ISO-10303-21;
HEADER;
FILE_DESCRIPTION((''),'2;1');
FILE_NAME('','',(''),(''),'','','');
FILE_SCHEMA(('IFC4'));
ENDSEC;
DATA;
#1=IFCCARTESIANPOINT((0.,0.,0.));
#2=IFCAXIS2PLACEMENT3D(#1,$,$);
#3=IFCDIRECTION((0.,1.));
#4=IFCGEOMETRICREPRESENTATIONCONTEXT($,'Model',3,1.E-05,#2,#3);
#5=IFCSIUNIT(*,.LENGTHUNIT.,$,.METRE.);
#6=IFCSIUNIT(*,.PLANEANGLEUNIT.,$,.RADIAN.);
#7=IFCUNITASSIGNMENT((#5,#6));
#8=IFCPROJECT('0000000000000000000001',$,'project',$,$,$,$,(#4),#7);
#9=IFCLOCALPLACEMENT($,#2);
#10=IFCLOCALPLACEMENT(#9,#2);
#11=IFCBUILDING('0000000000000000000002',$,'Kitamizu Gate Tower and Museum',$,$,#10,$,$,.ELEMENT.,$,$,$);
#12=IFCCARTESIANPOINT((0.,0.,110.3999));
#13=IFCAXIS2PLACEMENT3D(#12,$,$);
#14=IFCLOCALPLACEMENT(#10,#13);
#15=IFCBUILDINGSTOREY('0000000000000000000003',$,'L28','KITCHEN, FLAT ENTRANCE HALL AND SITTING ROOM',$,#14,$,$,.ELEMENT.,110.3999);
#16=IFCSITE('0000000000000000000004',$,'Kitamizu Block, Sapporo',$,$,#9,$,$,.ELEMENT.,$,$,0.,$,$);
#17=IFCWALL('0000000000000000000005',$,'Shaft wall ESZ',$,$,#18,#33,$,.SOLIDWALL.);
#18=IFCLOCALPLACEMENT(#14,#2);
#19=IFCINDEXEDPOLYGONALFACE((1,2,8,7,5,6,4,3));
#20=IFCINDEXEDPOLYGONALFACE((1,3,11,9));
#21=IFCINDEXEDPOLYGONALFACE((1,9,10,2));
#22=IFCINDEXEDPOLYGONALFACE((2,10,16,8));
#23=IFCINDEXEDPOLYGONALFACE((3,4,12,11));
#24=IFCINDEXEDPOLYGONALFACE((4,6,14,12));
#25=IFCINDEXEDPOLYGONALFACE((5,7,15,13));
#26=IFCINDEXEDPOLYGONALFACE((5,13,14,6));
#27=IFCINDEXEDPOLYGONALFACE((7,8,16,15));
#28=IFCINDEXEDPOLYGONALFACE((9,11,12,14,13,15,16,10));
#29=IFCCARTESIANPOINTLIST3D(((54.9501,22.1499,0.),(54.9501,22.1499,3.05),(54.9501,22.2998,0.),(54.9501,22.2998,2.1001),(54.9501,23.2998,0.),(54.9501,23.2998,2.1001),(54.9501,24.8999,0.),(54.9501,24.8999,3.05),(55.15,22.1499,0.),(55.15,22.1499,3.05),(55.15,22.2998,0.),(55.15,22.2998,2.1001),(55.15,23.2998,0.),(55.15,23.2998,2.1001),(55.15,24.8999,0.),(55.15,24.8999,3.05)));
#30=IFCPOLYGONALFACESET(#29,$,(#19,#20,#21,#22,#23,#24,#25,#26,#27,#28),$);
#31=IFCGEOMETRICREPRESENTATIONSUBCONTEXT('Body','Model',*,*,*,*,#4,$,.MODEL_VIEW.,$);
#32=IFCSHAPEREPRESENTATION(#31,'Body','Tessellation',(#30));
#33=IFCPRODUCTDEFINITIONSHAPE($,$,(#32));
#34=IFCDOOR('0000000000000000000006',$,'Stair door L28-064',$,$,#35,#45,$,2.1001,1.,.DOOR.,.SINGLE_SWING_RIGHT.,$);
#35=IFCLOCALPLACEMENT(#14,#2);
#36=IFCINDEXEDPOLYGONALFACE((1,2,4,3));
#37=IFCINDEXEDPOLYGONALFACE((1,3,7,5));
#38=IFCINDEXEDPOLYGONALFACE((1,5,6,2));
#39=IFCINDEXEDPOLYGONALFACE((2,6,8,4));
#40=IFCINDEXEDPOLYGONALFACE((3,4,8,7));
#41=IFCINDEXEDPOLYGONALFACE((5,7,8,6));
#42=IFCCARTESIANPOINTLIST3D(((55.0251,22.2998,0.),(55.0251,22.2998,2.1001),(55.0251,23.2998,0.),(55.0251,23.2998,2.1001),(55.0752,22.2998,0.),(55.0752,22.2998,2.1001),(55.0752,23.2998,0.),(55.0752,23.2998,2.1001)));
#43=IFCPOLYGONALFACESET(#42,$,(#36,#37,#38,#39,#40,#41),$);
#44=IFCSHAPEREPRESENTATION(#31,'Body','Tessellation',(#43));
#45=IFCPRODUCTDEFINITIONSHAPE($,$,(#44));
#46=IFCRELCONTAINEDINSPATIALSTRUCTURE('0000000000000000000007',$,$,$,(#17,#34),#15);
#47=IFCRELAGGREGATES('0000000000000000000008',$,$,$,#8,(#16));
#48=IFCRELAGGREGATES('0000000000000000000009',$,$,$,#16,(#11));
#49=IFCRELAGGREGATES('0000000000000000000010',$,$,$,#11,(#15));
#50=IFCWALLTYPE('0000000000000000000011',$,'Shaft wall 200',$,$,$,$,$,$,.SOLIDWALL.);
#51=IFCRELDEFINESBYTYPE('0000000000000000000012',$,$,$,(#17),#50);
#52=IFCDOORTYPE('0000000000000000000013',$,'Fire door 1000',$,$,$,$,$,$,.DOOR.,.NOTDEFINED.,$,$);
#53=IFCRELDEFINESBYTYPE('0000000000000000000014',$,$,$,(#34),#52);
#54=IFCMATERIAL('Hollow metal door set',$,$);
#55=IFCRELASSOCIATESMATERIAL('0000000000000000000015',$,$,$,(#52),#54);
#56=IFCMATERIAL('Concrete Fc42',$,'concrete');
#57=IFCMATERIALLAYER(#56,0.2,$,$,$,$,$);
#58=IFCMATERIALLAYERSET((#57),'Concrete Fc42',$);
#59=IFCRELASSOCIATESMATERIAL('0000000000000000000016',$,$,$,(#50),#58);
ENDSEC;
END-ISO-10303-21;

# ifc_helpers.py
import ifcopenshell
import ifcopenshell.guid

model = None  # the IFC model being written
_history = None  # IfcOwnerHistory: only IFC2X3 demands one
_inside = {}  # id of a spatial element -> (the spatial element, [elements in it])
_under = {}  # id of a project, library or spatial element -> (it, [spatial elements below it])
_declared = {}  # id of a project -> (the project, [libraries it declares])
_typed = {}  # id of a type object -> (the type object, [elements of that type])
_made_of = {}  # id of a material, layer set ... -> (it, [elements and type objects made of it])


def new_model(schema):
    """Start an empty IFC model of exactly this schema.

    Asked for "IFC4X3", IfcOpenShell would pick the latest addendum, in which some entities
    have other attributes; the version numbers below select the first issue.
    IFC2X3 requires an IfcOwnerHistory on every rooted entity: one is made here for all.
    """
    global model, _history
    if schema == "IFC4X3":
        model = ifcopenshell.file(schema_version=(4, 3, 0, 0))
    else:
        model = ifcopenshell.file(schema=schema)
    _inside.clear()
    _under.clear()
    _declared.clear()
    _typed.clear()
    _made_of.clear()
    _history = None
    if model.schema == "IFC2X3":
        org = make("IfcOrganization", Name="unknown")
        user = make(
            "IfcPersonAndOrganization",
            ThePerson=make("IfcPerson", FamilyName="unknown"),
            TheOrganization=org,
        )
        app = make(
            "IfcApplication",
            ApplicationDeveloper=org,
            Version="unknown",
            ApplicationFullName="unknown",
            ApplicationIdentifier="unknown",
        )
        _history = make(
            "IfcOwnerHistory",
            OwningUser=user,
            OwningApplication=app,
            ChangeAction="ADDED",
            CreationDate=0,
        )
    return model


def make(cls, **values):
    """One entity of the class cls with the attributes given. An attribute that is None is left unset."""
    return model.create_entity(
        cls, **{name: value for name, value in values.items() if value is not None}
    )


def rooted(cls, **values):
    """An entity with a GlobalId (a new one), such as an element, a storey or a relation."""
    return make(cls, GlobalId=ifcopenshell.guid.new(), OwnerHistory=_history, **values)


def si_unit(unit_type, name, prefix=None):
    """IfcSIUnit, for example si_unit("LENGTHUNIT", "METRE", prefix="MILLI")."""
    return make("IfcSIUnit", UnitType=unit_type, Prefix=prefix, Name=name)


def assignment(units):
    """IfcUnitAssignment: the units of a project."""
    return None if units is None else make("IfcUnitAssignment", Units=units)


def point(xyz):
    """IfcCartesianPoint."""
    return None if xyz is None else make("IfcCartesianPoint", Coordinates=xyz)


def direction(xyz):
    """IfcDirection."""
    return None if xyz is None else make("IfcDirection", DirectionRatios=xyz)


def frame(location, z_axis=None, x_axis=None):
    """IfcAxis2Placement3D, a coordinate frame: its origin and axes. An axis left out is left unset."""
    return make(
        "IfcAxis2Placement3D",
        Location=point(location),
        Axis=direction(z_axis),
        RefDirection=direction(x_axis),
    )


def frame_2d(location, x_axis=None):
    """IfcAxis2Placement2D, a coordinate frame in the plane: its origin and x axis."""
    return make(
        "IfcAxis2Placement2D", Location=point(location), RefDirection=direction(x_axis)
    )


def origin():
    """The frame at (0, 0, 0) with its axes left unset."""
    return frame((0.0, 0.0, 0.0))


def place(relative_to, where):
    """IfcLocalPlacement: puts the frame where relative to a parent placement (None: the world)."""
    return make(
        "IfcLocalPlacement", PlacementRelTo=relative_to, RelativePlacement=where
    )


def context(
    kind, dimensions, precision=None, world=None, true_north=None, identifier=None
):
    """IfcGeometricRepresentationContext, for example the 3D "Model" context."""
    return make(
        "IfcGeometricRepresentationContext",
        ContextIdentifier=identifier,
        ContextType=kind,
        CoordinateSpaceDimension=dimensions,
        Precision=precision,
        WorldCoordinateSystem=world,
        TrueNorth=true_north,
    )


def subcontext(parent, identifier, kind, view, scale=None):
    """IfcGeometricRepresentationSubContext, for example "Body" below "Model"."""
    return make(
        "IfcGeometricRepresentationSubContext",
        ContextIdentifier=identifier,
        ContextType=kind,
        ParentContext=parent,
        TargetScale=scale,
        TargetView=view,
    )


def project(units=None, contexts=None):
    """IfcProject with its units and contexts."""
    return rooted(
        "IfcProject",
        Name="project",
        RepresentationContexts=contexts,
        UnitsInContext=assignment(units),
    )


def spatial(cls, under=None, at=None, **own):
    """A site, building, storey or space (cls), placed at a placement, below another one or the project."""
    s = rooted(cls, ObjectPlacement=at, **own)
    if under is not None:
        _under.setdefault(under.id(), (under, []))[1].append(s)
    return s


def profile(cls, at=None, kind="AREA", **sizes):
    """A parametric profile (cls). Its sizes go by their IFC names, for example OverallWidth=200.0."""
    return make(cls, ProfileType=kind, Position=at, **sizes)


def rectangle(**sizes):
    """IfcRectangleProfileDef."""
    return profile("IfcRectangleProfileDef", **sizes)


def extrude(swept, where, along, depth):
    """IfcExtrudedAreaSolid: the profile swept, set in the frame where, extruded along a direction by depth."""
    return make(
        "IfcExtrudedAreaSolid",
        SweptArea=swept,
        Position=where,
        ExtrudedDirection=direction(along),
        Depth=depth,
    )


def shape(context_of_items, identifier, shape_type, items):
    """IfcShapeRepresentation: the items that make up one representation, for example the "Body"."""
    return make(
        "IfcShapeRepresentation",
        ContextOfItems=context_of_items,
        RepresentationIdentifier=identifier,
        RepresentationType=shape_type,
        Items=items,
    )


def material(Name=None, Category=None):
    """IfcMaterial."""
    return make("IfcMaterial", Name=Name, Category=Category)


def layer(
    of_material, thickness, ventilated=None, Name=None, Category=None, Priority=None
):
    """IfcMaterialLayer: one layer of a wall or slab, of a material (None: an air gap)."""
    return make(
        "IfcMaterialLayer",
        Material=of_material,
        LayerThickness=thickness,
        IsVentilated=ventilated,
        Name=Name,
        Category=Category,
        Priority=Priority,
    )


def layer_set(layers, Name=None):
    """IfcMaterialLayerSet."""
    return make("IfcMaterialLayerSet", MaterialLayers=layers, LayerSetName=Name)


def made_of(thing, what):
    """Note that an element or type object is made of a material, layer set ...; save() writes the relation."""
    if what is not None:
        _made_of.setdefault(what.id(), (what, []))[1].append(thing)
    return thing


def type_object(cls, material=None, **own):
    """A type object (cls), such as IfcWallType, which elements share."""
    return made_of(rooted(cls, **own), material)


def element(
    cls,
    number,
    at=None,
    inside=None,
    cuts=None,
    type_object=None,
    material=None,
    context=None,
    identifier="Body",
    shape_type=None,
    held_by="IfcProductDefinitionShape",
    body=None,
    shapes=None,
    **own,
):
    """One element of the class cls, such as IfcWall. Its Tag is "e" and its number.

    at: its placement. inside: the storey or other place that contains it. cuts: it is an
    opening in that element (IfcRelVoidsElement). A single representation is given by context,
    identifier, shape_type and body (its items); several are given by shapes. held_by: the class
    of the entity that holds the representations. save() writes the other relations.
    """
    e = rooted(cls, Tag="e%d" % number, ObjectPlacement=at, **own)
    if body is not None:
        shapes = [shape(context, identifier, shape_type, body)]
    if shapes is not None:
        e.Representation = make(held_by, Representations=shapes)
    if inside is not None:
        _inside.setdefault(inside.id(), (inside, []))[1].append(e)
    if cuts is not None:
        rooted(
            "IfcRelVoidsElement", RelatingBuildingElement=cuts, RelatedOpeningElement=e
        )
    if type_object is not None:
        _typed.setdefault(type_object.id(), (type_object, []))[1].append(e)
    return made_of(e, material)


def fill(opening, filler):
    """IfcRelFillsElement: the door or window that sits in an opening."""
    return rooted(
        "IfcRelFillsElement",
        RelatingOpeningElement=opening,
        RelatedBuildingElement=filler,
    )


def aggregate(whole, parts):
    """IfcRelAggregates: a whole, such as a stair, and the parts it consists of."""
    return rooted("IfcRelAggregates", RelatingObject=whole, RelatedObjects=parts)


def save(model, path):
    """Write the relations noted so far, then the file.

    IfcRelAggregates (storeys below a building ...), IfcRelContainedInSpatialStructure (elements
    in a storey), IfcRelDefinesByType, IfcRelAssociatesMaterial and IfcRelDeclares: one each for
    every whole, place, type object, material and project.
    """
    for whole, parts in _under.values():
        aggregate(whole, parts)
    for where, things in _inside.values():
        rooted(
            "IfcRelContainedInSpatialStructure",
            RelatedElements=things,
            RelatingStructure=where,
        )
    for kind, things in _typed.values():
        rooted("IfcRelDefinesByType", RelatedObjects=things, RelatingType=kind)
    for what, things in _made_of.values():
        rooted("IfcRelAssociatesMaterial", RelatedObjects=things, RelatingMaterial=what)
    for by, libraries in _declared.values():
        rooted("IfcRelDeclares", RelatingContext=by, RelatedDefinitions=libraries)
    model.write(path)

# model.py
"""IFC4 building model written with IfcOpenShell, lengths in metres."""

from ifc_helpers import new_model, si_unit, direction, frame, frame_2d, origin, place, context, subcontext, project, spatial, rectangle, extrude, material, layer, layer_set, type_object, element, fill, save


model = new_model("IFC4")

# Units and contexts
model_context = context("Model", 3, precision=1e-05, world=origin(), true_north=direction((0.0, 1.0)))
body_context = subcontext(model_context, "Body", "Model", "MODEL_VIEW")
ifc_project = project(units=[si_unit("LENGTHUNIT", "METRE"), si_unit("PLANEANGLEUNIT", "RADIAN")], contexts=[model_context])

# Site, building, storey
site_placement = place(None, origin())
site = spatial("IfcSite", under=ifc_project, at=site_placement, Name="Kitamizu Block, Sapporo", CompositionType="ELEMENT", RefElevation=0.0)
building_placement = place(site_placement, origin())
building = spatial("IfcBuilding", under=site, at=building_placement, Name="Kitamizu Gate Tower and Museum", CompositionType="ELEMENT")
storey_placement = place(building_placement, frame((0.0, 0.0, 110.3999)))
storey = spatial("IfcBuildingStorey", under=building, at=storey_placement, Name="L28", Description="KITCHEN, FLAT ENTRANCE HALL AND SITTING ROOM", CompositionType="ELEMENT", Elevation=110.3999)

# Shared definitions
ifc_material_1 = material(Name="Hollow metal door set")
door_type_1 = type_object("IfcDoorType", Name="Fire door 1000", OperationType="NOTDEFINED", PredefinedType="DOOR", material=ifc_material_1)

# Shared definitions
ifc_material_2 = material(Name="Concrete Fc42", Category="concrete")
ifc_layer_1 = layer(ifc_material_2, 0.2)
ifc_layer_set_1 = layer_set([ifc_layer_1], Name="Concrete Fc42")
wall_type_1 = type_object("IfcWallType", Name="Shaft wall 200", PredefinedType="SOLIDWALL", material=ifc_layer_set_1)

# Wall, opening, door
wall_1_placement = place(storey_placement, frame((55.05, 22.1499, 0.0), z_axis=(0.0, 0.0, 1.0), x_axis=(0.0, 1.0, 0.0)))
wall_1 = element("IfcWall", 1, at=wall_1_placement, inside=storey, type_object=wall_type_1, Name="Shaft wall ESZ", PredefinedType="SOLIDWALL", context=body_context, shape_type="SweptSolid", body=[
    extrude(rectangle(XDim=2.75, YDim=0.2, at=frame_2d((1.375, 0.0))), origin(), (0.0, 0.0, 1.0), 3.05),
])
opening_1_placement = place(wall_1_placement, frame((0.1499, 0.0, 0.0)))
opening_1 = element("IfcOpeningElement", 2, at=opening_1_placement, cuts=wall_1, PredefinedType="OPENING", context=body_context, shape_type="SweptSolid", body=[
    extrude(rectangle(XDim=1.0, YDim=2.1001, at=frame_2d((0.5, 1.05))), frame((0.0, 0.1099, 0.0), z_axis=(0.0, -1.0, 0.0), x_axis=(1.0, 0.0, 0.0)), (0.0, 0.0, 1.0), 0.22),
])
door_1_placement = place(opening_1_placement, origin())
door_1 = element("IfcDoor", 3, at=door_1_placement, inside=storey, type_object=door_type_1, Name="Stair door L28-064", OperationType="SINGLE_SWING_RIGHT", OverallHeight=2.1001, OverallWidth=1.0, PredefinedType="DOOR", context=body_context, shape_type="SweptSolid", body=[
    extrude(rectangle(XDim=1.0, YDim=2.1001, at=frame_2d((0.5, 1.05))), frame((0.0, 0.0249, 0.0), z_axis=(0.0, -1.0, 0.0), x_axis=(1.0, 0.0, 0.0)), (0.0, 0.0, 1.0), 0.05),
])
fill(opening_1, door_1)

save(model, "model.ifc")
